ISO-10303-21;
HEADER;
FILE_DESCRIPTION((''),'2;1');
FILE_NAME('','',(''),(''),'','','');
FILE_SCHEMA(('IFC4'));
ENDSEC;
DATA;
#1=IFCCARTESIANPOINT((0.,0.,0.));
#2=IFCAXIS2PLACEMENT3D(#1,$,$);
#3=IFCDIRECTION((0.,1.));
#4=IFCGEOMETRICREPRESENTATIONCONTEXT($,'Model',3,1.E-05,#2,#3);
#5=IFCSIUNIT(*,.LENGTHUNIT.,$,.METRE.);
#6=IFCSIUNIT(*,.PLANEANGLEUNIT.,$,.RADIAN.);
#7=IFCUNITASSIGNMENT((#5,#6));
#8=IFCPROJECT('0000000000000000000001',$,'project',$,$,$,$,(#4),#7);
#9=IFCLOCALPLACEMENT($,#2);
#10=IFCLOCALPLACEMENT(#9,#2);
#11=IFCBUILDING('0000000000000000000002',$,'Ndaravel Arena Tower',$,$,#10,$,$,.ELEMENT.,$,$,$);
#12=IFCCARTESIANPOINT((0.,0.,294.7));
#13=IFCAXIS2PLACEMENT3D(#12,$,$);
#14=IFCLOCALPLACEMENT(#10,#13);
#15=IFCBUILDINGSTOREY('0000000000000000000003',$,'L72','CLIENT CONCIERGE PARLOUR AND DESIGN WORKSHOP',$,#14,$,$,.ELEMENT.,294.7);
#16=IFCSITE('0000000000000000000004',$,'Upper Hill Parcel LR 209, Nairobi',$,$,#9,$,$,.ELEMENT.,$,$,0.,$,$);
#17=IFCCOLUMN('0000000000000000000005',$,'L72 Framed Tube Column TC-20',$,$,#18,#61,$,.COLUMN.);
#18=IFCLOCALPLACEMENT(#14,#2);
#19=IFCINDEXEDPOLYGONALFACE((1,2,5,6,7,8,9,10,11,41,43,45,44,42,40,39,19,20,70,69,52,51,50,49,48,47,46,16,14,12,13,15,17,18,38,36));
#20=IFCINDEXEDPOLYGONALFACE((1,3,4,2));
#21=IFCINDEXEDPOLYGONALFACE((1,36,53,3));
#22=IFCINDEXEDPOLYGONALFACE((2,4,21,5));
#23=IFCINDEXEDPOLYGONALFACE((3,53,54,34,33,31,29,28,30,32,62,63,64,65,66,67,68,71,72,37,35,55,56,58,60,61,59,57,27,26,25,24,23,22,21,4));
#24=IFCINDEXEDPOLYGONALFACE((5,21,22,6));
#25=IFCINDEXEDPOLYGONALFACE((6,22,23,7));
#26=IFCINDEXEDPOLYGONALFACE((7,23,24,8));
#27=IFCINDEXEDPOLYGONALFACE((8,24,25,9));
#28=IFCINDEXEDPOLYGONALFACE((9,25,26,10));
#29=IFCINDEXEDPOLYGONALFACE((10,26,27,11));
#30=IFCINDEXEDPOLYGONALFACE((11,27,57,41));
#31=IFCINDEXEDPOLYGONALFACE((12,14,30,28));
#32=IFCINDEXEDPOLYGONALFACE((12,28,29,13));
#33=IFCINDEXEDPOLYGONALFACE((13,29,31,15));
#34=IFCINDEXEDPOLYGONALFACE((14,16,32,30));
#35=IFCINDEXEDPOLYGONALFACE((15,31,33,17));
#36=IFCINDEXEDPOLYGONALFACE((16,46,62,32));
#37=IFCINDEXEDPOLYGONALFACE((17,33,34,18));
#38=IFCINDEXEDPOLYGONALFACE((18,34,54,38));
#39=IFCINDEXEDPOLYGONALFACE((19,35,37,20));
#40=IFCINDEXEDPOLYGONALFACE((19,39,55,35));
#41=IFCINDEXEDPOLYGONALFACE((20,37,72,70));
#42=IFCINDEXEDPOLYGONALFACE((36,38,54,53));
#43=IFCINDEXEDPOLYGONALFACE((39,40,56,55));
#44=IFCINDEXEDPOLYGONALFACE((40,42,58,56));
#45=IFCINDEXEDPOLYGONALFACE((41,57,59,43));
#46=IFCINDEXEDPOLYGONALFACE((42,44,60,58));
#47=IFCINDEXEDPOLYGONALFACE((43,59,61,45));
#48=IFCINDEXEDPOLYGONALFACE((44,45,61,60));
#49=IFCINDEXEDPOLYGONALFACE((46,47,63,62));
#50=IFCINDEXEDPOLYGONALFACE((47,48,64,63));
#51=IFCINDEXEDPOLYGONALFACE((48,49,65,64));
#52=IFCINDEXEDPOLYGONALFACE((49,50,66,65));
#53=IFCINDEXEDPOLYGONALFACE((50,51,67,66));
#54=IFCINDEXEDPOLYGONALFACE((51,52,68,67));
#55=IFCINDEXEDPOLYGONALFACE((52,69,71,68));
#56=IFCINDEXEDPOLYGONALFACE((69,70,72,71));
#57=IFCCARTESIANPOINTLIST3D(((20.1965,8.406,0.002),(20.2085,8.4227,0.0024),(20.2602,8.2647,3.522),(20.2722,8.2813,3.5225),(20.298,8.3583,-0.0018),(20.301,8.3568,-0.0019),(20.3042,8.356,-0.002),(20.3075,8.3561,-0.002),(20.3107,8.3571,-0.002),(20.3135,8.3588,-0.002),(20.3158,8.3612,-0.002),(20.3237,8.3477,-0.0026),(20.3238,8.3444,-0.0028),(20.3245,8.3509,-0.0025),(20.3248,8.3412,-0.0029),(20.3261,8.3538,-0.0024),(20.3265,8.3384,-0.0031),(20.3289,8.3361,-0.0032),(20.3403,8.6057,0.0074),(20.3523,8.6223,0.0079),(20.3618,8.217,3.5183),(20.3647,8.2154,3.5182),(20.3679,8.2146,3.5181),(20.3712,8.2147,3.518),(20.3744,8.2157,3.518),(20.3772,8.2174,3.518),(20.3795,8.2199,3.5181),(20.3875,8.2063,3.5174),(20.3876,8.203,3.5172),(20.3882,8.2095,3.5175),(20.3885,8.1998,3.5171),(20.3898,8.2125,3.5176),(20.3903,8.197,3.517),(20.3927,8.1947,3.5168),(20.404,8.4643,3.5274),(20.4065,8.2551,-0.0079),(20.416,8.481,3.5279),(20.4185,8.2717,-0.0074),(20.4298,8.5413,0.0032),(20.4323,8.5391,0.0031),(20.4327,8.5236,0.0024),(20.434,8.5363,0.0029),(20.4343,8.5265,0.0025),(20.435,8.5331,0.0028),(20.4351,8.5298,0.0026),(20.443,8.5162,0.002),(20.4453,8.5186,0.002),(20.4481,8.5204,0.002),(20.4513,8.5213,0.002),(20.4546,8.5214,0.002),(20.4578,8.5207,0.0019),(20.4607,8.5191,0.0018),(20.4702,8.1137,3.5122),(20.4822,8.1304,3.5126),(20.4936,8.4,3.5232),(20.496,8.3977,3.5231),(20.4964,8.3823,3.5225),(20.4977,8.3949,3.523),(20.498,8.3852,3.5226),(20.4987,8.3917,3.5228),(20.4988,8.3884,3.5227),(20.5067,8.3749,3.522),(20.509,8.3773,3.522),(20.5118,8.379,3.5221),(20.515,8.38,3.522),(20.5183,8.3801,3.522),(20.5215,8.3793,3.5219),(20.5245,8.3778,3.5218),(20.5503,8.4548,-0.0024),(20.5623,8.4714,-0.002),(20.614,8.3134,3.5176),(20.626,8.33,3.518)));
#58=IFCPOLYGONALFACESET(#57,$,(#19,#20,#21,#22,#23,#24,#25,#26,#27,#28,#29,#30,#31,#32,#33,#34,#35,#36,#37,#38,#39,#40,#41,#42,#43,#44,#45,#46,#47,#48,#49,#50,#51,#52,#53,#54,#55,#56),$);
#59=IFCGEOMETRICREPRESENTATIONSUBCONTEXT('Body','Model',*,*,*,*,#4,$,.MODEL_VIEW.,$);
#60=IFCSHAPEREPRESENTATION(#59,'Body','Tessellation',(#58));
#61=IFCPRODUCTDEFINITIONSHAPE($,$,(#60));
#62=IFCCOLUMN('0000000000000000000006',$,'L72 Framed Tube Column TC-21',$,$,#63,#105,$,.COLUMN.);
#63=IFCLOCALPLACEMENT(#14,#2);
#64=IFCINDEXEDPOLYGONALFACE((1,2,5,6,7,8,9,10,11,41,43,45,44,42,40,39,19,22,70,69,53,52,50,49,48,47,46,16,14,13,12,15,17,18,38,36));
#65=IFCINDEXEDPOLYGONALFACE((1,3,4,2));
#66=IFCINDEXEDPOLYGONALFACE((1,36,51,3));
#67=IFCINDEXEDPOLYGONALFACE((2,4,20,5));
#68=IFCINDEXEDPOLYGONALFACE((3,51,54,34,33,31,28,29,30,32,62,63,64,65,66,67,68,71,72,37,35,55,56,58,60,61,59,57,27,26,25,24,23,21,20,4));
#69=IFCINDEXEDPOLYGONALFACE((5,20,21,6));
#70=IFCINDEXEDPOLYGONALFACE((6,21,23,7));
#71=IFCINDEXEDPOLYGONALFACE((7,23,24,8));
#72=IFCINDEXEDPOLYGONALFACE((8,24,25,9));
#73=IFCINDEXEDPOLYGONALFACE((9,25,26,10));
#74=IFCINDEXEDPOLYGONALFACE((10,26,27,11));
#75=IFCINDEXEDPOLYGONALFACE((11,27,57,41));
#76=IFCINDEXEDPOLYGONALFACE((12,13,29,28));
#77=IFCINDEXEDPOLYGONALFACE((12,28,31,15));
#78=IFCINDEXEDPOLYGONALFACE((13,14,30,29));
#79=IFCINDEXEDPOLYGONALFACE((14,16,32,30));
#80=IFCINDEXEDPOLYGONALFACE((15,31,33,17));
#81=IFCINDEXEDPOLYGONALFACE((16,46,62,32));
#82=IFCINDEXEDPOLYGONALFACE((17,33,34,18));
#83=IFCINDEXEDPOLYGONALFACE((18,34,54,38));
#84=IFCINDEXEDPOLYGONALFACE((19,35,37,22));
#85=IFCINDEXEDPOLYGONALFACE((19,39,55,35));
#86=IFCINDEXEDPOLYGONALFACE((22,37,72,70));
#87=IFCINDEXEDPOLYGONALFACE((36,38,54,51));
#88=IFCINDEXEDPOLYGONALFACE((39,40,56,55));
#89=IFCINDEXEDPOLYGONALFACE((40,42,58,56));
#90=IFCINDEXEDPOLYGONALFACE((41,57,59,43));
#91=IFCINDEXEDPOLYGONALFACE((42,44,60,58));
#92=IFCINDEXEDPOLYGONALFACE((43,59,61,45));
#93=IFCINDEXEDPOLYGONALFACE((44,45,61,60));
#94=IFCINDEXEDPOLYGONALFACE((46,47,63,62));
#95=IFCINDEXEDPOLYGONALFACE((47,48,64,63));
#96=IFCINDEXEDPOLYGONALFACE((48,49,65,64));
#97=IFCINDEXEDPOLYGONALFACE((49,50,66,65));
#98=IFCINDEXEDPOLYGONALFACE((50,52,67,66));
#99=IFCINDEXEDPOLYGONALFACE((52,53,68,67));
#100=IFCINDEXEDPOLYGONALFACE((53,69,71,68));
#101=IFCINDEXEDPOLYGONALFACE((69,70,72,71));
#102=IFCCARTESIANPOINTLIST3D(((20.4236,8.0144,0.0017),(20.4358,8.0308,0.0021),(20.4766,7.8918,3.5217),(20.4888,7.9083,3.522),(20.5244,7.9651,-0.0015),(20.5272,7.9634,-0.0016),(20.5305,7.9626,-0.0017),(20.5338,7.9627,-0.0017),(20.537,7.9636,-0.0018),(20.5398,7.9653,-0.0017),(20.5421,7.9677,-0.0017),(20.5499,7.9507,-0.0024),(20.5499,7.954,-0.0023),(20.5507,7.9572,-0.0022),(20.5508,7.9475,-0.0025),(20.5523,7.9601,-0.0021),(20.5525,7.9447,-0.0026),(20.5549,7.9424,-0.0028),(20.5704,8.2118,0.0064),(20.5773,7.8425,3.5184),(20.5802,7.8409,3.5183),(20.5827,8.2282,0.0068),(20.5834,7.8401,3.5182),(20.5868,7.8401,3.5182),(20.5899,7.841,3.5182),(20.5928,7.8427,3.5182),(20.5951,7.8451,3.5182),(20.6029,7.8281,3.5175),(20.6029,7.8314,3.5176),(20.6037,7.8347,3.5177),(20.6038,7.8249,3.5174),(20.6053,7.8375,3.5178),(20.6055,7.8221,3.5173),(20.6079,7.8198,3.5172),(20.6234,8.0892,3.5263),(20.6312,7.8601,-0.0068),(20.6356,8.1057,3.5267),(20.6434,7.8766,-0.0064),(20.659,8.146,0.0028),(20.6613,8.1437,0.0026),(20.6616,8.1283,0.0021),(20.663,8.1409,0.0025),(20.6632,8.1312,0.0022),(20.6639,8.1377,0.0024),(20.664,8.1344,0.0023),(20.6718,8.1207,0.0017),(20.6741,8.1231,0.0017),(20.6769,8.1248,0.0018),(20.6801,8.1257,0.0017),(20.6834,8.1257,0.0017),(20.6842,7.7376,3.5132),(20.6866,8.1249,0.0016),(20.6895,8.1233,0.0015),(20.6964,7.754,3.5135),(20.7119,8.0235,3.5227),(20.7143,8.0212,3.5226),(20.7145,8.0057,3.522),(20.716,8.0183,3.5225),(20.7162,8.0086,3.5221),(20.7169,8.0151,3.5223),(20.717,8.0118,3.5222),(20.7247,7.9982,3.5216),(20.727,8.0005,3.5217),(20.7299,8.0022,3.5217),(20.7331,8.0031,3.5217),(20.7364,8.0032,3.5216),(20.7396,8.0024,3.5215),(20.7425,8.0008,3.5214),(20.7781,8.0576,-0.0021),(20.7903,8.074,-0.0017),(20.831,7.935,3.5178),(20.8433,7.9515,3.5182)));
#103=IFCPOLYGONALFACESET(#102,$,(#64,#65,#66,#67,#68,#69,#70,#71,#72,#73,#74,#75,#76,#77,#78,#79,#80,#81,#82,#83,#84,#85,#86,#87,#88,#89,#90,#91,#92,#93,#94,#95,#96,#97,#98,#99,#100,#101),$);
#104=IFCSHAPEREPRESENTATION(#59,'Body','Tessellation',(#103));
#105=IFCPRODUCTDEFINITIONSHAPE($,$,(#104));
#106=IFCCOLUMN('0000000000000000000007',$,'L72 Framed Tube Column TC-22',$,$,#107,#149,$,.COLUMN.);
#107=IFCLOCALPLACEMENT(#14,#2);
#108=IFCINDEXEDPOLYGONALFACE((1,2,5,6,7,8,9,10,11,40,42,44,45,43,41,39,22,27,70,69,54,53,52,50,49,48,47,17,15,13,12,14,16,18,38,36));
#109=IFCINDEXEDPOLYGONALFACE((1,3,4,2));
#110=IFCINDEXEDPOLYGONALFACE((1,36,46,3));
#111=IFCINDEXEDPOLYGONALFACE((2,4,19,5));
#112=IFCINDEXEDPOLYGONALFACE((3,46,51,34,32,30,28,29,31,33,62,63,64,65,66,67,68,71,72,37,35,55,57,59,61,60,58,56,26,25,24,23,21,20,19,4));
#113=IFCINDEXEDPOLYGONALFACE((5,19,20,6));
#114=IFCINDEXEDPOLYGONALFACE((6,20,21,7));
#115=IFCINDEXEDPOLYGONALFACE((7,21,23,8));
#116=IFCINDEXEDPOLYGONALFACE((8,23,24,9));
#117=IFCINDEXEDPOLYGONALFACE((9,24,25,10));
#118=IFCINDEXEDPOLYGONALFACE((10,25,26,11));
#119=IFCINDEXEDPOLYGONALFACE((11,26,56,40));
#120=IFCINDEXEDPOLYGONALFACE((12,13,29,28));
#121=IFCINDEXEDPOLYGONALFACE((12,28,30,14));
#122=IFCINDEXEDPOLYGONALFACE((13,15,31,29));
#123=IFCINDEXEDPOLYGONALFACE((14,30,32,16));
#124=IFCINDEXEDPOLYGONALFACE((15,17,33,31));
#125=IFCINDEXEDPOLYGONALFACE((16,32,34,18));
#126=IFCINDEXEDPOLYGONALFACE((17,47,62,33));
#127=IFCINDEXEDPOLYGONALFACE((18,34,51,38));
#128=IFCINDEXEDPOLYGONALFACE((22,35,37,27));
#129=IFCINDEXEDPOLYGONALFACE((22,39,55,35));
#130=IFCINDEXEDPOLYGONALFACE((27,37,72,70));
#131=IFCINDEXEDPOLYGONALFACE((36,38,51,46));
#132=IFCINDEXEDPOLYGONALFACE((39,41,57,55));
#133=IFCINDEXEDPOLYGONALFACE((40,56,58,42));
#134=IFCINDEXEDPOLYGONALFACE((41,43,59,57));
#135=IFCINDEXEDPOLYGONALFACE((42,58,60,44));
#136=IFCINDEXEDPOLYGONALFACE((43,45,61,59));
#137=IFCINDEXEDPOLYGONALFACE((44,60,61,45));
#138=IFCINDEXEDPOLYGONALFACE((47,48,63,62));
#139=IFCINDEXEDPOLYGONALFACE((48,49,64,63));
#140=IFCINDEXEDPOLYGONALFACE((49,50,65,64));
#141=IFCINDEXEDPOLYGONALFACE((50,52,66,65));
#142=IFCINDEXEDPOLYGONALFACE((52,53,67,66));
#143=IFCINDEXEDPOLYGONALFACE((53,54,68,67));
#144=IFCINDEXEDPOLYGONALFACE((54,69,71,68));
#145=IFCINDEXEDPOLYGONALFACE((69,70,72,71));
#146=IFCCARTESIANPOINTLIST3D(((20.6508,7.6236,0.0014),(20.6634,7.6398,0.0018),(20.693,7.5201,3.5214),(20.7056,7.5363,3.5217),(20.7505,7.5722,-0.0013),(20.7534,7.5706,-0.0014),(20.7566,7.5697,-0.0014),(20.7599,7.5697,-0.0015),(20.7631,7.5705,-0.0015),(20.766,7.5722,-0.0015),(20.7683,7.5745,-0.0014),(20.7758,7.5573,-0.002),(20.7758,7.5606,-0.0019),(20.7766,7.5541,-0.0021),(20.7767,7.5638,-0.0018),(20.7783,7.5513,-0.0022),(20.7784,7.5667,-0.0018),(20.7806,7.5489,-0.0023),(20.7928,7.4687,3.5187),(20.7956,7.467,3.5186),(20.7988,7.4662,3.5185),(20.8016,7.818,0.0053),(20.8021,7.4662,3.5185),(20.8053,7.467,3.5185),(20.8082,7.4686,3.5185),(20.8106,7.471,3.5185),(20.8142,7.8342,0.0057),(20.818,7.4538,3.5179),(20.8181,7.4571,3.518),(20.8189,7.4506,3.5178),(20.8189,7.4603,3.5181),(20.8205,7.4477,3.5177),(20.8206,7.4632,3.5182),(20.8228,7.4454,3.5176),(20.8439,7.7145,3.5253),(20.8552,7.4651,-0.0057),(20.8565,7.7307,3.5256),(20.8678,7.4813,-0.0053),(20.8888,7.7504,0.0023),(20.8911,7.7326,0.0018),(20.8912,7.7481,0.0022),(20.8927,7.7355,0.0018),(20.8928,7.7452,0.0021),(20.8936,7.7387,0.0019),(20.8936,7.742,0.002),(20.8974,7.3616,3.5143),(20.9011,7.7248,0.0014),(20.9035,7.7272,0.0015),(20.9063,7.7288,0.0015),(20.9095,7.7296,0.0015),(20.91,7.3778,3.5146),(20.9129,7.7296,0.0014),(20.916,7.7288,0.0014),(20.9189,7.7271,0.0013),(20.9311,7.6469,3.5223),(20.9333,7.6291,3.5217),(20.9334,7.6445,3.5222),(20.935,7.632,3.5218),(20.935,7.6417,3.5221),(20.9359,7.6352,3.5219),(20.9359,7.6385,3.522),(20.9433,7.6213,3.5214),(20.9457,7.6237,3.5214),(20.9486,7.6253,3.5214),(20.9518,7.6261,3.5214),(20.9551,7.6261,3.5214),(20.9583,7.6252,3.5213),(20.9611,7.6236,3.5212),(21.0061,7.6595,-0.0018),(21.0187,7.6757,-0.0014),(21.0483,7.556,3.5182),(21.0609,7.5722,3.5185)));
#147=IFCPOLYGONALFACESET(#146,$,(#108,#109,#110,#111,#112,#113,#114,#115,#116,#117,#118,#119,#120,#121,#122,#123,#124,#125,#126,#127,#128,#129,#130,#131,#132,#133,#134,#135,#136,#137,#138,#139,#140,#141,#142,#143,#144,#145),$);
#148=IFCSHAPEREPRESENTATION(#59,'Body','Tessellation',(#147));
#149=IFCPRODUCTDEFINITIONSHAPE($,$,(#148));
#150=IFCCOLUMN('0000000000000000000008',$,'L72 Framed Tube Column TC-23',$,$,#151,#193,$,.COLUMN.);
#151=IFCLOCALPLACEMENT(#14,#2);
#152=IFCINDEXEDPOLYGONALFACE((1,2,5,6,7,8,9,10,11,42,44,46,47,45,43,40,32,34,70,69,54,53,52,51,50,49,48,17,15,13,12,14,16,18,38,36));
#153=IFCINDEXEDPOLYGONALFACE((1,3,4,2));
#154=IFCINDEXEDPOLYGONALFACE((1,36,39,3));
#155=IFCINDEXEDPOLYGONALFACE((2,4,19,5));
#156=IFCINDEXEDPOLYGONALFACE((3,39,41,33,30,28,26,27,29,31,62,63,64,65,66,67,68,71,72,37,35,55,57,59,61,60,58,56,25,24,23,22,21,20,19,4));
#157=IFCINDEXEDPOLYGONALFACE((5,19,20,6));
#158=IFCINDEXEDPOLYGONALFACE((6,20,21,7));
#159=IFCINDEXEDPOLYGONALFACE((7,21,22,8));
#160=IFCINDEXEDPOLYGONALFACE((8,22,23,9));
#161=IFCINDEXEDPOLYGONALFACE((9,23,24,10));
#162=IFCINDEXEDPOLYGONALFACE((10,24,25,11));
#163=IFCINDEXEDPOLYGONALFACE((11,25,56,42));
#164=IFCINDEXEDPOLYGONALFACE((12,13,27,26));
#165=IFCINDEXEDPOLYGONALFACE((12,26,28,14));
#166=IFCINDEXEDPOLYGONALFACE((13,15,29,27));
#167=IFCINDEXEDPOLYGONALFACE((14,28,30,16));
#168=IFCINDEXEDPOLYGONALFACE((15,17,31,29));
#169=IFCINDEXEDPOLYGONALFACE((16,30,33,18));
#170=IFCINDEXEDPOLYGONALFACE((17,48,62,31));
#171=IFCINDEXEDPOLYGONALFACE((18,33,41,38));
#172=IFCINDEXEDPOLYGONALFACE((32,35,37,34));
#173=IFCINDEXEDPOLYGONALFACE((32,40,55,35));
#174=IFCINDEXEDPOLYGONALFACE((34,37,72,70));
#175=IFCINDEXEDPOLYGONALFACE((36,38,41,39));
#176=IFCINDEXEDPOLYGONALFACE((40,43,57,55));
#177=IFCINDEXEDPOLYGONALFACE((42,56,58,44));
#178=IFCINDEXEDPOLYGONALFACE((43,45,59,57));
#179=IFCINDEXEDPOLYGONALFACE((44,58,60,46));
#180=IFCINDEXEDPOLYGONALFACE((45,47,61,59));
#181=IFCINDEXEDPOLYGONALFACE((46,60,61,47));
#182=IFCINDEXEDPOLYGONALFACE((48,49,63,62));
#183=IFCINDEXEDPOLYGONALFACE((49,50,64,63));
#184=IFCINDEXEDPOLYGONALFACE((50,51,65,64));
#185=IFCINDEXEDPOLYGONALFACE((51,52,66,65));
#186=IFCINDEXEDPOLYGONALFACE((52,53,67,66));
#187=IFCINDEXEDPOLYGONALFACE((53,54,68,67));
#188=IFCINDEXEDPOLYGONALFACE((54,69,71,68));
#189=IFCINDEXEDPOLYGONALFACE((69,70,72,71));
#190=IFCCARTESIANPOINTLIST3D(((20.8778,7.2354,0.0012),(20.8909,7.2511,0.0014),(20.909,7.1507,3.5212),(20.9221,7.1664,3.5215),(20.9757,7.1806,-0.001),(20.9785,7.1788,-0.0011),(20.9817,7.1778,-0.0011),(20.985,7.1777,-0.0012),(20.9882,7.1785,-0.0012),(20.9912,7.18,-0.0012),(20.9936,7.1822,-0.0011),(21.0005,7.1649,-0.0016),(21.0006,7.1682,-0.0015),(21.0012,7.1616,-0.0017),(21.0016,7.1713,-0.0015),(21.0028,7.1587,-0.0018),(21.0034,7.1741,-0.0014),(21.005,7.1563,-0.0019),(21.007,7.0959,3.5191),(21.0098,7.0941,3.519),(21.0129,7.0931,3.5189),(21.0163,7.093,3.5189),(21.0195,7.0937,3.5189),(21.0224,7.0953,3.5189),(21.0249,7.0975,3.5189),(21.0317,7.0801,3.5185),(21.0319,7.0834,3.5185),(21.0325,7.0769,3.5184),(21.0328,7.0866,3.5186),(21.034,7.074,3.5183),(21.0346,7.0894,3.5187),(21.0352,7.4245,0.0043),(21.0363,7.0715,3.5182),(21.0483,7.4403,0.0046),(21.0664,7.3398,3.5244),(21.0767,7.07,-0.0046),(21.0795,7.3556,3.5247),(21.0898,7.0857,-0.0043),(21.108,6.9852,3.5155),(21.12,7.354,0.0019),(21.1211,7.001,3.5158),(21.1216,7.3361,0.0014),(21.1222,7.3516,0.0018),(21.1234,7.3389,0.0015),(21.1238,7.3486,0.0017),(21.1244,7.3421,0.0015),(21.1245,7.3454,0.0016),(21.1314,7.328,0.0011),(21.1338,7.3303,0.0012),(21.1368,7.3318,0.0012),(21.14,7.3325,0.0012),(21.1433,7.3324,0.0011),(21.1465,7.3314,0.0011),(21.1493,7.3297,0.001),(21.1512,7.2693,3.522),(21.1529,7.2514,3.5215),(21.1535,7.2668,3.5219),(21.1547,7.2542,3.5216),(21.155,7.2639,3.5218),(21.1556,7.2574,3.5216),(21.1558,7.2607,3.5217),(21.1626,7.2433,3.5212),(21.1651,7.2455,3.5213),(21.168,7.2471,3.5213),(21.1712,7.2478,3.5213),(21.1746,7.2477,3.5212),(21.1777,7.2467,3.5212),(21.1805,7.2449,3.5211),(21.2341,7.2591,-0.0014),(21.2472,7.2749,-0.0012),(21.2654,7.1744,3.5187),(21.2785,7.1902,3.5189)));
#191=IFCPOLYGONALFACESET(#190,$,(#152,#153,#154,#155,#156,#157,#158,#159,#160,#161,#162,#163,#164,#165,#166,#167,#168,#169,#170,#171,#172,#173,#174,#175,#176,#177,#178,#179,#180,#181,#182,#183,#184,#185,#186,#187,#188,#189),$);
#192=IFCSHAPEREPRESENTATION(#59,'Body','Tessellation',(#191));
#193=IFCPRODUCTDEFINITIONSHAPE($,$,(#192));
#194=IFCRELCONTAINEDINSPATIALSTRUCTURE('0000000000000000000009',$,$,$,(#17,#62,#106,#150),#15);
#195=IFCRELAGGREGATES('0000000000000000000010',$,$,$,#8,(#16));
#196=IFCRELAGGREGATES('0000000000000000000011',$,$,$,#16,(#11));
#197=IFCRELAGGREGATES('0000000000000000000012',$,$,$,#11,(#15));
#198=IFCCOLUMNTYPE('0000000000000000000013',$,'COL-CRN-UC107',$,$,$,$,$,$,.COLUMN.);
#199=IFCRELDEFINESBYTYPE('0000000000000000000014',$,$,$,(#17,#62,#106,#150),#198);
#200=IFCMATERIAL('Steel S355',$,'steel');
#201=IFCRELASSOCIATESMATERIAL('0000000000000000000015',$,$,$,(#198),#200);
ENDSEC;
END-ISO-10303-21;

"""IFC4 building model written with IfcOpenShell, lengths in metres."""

from ifc_helpers import new_model, si_unit, direction, frame, origin, origin_2d, place, context, subcontext, project, spatial, i_section, extrude, material, material_profile, profile_set, type_object, element, save


model = new_model("IFC4")

# Units and contexts
model_context = context("Model", 3, precision=1e-05, world=origin(), true_north=direction((0.0, 1.0)))
body_context = subcontext(model_context, "Body", "Model", "MODEL_VIEW")
ifc_project = project(units=[si_unit("LENGTHUNIT", "METRE"), si_unit("PLANEANGLEUNIT", "RADIAN")], contexts=[model_context])

# Site, building, storey
site_placement = place(None, origin())
site = spatial("IfcSite", under=ifc_project, at=site_placement, Name="Upper Hill Parcel LR 209, Nairobi", CompositionType="ELEMENT", RefElevation=0.0)
building_placement = place(site_placement, origin())
building = spatial("IfcBuilding", under=site, at=building_placement, Name="Ndaravel Arena Tower", CompositionType="ELEMENT")
storey_placement = place(building_placement, frame((0.0, 0.0, 294.7)))
storey = spatial("IfcBuildingStorey", under=building, at=storey_placement, Name="L72", Description="CLIENT CONCIERGE PARLOUR AND DESIGN WORKSHOP", CompositionType="ELEMENT", Elevation=294.7)

# Columns
ifc_material_1 = material(Name="Steel S355", Category="steel")
ifc_material_profile_1 = material_profile(ifc_material_1, i_section(OverallWidth=0.2588, OverallDepth=0.2666, WebThickness=0.0127, FlangeThickness=0.0205, FilletRadius=0.0127, at=origin_2d()), Name="UC 254x254x107")
ifc_profile_set_1 = profile_set([ifc_material_profile_1], Name="Steel S355")
column_type = type_object("IfcColumnType", Name="COL-CRN-UC107", PredefinedType="COLUMN", material=ifc_profile_set_1)
column_1_placement = place(storey_placement, frame((20.3794, 8.4387, 0.0), z_axis=(0.018085, -0.040119, 0.999031), x_axis=(-0.81138, 0.583276, 0.038111)))
element("IfcColumn", 1, at=column_1_placement, inside=storey, type_object=column_type, Name="L72 Framed Tube Column TC-20", PredefinedType="COLUMN", context=body_context, shape_type="SweptSolid", body=[
    extrude(i_section(OverallWidth=0.2588, OverallDepth=0.2666, WebThickness=0.0127, FlangeThickness=0.0205, FilletRadius=0.0127, at=origin_2d()), origin(), (0.0, 0.0, 1.0), 3.5234),
])
column_2_placement = place(storey_placement, frame((20.6069, 8.0442, 0.0), z_axis=(0.01504, -0.034793, 0.999281), x_axis=(-0.802336, 0.59597, 0.032826)))
element("IfcColumn", 2, at=column_2_placement, inside=storey, type_object=column_type, Name="L72 Framed Tube Column TC-21", PredefinedType="COLUMN", context=body_context, shape_type="SweptSolid", body=[
    extrude(i_section(OverallWidth=0.2588, OverallDepth=0.2666, WebThickness=0.0127, FlangeThickness=0.0205, FilletRadius=0.0127, at=origin_2d()), origin(), (0.0, 0.0, 1.0), 3.5225),
])
column_3_placement = place(storey_placement, frame((20.8347, 7.6497, 0.0), z_axis=(0.011993, -0.029393, 0.999496), x_axis=(-0.789951, 0.612553, 0.027492)))
element("IfcColumn", 3, at=column_3_placement, inside=storey, type_object=column_type, Name="L72 Framed Tube Column TC-22", PredefinedType="COLUMN", context=body_context, shape_type="SweptSolid", body=[
    extrude(i_section(OverallWidth=0.2588, OverallDepth=0.2666, WebThickness=0.0127, FlangeThickness=0.0205, FilletRadius=0.0127, at=origin_2d()), origin(), (0.0, 0.0, 1.0), 3.5217),
])
column_4_placement = place(storey_placement, frame((21.0625, 7.2551, 0.0), z_axis=(0.008875, -0.024059, 0.999671), x_axis=(-0.768719, 0.639201, 0.022208)))
element("IfcColumn", 4, at=column_4_placement, inside=storey, type_object=column_type, Name="L72 Framed Tube Column TC-23", PredefinedType="COLUMN", context=body_context, shape_type="SweptSolid", body=[
    extrude(i_section(OverallWidth=0.2588, OverallDepth=0.2666, WebThickness=0.0127, FlangeThickness=0.0205, FilletRadius=0.0127, at=origin_2d()), origin(), (0.0, 0.0, 1.0), 3.5212),
])

save(model, "model.ifc")
